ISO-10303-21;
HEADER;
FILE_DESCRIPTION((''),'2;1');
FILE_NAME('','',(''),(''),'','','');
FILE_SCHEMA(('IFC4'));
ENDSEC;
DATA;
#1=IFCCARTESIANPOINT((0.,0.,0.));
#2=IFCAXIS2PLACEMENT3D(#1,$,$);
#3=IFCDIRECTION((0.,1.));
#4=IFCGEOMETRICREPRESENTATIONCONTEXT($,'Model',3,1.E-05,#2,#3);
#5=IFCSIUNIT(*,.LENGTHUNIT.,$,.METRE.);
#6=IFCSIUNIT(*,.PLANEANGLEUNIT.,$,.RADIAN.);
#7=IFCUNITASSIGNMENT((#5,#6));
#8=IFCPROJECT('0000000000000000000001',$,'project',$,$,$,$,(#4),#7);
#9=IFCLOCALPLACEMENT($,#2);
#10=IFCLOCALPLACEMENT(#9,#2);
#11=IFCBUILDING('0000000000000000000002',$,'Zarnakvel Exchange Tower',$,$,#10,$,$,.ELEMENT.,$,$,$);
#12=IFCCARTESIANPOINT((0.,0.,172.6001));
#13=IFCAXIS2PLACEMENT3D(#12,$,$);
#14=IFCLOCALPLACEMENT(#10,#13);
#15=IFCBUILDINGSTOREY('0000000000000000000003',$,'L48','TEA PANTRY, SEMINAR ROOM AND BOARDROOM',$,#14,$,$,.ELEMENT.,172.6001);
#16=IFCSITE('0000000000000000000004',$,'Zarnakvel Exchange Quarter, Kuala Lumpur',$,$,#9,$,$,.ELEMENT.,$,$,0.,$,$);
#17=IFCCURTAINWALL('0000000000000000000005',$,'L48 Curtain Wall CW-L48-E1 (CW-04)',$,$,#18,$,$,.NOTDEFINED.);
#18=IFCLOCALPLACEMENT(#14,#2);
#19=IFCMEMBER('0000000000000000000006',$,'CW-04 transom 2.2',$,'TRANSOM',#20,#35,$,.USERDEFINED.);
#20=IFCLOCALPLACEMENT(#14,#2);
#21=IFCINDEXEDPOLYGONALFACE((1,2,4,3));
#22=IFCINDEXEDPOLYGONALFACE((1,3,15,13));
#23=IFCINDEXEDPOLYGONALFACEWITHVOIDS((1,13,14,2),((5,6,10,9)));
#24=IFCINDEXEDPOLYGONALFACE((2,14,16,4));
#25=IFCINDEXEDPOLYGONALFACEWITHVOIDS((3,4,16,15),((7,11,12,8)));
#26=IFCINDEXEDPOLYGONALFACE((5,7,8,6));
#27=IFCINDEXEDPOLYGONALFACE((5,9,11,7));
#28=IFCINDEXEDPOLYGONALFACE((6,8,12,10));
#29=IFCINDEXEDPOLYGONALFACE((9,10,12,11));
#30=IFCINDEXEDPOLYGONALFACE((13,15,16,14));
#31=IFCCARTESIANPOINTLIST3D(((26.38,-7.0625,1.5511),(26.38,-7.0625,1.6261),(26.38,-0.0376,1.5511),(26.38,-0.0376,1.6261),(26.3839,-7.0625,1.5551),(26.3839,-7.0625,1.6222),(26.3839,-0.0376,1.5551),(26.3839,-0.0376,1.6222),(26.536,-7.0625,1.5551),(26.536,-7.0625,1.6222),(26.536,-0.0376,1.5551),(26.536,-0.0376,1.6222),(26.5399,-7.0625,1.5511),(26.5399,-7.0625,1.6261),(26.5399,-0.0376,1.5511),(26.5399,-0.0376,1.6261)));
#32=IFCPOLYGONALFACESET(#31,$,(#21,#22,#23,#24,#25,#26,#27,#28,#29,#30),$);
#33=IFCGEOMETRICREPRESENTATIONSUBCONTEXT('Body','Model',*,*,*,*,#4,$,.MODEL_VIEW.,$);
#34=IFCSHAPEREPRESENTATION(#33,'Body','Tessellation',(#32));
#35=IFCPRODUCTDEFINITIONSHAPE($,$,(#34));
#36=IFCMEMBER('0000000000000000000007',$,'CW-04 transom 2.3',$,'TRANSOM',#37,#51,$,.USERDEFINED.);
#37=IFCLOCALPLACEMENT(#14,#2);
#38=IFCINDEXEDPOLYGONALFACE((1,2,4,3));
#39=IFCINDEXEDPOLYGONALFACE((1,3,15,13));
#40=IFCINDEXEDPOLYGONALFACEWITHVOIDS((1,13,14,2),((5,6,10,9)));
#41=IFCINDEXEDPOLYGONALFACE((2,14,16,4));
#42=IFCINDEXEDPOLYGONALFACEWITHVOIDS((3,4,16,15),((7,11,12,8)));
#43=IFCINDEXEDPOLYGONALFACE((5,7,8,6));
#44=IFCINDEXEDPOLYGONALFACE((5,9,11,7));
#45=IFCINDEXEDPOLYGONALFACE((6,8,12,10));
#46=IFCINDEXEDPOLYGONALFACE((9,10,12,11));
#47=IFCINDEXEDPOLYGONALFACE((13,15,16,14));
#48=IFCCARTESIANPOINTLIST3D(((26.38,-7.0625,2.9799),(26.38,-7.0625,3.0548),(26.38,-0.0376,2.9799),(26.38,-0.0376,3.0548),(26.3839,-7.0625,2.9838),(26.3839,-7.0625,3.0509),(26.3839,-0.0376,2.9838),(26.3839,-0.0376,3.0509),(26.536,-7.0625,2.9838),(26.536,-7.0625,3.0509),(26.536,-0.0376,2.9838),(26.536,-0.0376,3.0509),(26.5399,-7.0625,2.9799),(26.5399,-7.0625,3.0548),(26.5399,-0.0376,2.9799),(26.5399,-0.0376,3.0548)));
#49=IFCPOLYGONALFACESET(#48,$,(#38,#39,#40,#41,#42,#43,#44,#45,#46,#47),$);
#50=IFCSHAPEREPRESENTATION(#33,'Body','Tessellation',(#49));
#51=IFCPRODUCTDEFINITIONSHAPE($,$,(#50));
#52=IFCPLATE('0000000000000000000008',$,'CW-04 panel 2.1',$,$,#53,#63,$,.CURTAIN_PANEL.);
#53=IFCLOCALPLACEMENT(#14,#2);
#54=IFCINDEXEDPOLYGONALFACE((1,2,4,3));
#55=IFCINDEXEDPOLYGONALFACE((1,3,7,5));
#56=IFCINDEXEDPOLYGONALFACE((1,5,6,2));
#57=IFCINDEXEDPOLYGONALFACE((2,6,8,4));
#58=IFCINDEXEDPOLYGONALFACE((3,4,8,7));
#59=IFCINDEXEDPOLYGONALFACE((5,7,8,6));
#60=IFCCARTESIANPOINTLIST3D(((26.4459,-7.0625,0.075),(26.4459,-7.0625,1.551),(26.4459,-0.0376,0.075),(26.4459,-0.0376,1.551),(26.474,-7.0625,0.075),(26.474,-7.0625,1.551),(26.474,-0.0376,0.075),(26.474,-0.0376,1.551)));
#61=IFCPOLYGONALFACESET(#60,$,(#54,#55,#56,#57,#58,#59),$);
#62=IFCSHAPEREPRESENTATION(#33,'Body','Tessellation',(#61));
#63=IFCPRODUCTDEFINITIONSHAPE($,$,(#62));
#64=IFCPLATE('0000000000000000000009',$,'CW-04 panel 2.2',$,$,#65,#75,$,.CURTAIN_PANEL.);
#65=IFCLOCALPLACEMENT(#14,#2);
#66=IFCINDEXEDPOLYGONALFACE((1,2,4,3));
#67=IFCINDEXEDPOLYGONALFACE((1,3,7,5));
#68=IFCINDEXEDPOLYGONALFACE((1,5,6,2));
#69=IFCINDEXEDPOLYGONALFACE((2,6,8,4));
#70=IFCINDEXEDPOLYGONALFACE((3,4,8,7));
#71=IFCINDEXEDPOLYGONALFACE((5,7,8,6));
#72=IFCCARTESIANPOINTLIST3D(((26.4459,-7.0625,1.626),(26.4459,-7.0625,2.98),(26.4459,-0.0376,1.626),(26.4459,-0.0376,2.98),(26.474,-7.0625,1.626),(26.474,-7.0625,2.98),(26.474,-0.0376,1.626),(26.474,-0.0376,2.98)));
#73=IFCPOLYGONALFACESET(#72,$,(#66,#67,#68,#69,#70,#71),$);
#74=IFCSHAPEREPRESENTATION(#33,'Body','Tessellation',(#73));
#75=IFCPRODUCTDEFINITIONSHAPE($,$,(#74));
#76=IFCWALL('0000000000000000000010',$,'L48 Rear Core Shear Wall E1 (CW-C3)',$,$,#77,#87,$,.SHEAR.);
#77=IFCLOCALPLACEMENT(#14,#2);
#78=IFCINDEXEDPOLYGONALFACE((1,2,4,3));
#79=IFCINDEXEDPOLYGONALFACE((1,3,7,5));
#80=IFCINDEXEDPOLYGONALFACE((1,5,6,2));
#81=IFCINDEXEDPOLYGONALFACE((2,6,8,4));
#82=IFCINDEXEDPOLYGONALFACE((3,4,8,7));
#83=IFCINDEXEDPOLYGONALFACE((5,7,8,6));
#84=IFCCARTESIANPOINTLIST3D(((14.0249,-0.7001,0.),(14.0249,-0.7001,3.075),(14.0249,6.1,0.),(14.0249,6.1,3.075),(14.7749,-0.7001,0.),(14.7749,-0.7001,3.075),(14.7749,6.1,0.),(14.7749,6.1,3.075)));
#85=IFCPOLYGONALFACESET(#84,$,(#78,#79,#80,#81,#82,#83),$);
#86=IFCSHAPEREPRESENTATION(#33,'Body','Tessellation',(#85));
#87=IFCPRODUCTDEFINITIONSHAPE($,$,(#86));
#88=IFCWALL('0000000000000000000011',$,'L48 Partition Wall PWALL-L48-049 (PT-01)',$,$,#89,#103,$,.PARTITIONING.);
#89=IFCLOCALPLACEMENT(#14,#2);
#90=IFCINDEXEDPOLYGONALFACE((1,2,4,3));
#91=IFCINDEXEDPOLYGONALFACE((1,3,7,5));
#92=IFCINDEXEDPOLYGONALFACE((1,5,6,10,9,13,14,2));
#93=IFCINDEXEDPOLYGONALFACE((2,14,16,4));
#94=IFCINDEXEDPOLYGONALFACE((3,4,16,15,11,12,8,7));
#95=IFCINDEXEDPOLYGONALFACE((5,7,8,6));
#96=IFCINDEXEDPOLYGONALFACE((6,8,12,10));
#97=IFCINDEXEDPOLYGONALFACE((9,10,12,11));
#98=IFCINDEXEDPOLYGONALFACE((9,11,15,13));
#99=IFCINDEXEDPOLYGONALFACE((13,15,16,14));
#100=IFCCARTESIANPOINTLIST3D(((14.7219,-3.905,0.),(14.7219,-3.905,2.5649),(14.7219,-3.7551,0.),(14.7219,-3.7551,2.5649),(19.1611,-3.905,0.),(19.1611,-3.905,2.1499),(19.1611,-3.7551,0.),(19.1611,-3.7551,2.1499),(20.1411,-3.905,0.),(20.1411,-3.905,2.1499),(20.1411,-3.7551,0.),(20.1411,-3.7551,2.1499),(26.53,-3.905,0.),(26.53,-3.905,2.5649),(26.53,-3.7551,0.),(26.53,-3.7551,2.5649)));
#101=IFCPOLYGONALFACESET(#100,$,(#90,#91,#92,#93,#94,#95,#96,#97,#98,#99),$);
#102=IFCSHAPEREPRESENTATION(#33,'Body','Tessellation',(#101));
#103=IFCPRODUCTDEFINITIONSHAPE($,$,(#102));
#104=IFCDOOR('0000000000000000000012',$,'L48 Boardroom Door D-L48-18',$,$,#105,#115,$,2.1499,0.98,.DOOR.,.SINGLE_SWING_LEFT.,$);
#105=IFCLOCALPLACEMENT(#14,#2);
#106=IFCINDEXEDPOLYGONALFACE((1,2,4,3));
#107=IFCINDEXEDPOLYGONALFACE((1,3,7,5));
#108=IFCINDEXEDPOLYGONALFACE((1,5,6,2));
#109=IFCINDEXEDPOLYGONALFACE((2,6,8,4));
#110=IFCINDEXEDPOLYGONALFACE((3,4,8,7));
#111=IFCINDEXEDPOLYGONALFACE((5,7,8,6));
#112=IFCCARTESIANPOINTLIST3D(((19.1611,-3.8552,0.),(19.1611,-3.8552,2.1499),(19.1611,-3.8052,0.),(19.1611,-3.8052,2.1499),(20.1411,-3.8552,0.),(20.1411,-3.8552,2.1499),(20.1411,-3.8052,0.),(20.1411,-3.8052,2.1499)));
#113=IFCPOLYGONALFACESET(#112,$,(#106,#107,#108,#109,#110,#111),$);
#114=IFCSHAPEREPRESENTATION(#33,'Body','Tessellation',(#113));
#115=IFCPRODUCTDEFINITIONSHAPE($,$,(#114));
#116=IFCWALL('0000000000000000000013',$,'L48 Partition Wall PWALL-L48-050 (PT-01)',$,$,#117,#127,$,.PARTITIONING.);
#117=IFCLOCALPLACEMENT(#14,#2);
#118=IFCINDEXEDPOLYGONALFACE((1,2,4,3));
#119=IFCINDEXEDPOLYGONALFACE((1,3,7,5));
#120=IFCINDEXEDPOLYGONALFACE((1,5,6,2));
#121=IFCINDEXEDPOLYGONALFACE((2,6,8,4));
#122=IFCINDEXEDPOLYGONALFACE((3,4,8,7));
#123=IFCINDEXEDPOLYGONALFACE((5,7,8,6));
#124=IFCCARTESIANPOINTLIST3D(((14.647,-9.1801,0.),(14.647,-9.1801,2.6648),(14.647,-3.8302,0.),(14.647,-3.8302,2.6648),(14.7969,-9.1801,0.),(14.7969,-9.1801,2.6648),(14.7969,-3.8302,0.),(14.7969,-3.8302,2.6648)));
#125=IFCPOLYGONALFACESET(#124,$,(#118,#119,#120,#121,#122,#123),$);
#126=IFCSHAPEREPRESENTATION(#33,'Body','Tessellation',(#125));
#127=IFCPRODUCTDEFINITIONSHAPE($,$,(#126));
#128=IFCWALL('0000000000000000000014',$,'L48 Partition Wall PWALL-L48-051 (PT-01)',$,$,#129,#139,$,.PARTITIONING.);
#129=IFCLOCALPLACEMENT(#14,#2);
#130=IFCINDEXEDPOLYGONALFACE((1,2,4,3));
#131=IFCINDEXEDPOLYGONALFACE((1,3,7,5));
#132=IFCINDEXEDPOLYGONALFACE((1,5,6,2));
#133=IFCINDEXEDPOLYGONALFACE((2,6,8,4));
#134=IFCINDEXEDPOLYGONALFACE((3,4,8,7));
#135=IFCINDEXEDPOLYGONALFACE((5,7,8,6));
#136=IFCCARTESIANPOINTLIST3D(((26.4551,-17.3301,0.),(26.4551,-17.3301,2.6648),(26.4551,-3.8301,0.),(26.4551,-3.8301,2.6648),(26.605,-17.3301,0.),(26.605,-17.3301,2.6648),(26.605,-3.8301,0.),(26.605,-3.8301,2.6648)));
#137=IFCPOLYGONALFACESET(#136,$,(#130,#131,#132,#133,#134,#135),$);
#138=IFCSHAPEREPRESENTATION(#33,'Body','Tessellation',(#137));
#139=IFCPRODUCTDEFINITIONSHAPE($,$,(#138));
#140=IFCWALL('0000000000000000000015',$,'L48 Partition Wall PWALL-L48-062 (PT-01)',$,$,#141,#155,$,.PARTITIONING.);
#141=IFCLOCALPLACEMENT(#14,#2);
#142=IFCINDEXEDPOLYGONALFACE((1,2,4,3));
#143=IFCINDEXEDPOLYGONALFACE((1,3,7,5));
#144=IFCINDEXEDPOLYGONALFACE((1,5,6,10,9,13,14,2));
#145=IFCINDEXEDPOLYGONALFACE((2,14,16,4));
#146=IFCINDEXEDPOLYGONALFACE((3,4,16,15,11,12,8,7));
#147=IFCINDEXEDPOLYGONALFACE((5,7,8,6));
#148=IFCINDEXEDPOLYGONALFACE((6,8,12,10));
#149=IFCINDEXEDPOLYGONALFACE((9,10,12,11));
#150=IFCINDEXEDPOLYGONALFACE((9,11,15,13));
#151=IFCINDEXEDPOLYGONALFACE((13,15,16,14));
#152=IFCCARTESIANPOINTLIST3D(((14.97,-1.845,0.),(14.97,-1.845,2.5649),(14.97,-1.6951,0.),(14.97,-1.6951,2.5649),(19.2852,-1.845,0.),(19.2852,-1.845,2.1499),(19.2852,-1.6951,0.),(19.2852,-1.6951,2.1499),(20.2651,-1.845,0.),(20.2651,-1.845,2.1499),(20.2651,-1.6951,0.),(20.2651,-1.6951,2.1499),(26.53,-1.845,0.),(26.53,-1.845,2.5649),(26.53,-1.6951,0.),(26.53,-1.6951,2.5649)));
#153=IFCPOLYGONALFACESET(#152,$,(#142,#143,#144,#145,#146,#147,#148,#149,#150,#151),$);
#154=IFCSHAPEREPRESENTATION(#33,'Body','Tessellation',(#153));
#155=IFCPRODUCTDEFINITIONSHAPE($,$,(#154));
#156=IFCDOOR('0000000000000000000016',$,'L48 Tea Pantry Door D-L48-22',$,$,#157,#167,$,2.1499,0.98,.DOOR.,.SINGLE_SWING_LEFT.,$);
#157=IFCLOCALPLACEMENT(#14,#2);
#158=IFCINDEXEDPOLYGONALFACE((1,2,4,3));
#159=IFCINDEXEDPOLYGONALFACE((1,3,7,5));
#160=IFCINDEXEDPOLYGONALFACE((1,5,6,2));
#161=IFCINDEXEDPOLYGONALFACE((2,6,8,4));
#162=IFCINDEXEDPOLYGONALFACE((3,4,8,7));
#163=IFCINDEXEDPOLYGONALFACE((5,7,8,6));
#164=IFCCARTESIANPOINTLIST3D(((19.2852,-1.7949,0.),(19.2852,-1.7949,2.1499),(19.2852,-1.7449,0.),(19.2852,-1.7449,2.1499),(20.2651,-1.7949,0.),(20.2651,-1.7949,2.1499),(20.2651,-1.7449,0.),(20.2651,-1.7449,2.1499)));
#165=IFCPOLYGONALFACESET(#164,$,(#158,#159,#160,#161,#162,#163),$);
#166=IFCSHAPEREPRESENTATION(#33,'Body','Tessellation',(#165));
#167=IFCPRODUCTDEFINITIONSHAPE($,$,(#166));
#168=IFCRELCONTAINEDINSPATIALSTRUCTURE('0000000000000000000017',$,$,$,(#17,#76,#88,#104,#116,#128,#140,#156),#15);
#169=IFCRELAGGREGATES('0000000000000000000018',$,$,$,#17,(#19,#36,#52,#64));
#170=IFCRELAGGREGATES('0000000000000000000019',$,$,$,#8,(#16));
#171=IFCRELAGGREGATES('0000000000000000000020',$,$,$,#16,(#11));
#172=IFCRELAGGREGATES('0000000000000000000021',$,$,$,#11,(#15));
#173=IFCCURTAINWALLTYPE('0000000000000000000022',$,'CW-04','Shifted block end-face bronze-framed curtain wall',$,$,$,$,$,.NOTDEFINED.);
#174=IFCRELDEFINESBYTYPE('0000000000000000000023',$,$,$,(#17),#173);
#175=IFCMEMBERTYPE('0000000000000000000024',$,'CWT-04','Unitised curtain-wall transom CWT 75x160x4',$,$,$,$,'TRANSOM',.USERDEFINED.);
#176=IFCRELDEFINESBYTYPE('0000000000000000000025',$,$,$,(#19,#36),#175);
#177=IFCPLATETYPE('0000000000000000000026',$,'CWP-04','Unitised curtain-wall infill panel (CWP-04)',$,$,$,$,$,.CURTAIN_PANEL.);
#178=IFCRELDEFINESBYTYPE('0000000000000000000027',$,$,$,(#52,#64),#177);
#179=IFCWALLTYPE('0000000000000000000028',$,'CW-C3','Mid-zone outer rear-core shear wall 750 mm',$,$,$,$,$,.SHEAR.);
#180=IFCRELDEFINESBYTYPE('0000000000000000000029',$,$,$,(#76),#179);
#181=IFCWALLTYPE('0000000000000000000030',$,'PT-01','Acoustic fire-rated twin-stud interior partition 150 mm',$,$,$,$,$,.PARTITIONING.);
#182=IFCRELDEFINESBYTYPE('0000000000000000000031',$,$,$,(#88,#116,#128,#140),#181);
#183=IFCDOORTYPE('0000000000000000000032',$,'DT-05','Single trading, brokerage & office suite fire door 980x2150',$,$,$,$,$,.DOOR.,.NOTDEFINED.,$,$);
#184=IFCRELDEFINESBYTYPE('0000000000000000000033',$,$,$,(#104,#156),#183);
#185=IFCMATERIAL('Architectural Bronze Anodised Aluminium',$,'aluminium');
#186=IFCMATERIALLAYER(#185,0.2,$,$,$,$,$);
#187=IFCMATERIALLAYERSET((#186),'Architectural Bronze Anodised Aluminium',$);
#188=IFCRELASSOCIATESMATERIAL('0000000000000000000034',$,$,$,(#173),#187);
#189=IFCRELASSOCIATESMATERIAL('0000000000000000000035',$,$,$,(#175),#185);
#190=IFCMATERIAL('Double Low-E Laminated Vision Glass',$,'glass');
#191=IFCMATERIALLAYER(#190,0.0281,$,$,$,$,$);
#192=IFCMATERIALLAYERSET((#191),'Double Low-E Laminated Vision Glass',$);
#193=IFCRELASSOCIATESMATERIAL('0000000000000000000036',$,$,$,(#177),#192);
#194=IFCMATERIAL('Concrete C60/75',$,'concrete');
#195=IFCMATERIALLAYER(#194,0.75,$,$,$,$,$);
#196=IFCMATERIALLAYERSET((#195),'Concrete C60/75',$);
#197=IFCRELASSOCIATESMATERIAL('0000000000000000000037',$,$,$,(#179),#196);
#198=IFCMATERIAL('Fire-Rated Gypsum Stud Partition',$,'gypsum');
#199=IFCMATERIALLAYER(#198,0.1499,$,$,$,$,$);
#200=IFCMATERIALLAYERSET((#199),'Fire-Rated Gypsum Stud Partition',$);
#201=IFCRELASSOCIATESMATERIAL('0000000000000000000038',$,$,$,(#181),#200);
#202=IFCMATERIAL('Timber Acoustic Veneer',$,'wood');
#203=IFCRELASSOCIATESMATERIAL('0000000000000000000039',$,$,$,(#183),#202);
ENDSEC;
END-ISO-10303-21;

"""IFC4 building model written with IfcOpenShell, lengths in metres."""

from ifc_helpers import new_model, si_unit, direction, frame, frame_2d, origin, origin_2d, place, context, subcontext, project, spatial, rectangle, hollow_rectangle, extrude, source, transform, mapped, material, layer, layer_set, material_profile, profile_set, type_object, element, fill, aggregate, save


model = new_model("IFC4")

# Units and contexts
model_context = context("Model", 3, precision=1e-05, world=origin(), true_north=direction((0.0, 1.0)))
body_context = subcontext(model_context, "Body", "Model", "MODEL_VIEW")
ifc_project = project(units=[si_unit("LENGTHUNIT", "METRE"), si_unit("PLANEANGLEUNIT", "RADIAN")], contexts=[model_context])

# Site, building, storey
site_placement = place(None, origin())
site = spatial("IfcSite", under=ifc_project, at=site_placement, Name="Zarnakvel Exchange Quarter, Kuala Lumpur", CompositionType="ELEMENT", RefElevation=0.0)
building_placement = place(site_placement, origin())
building = spatial("IfcBuilding", under=site, at=building_placement, Name="Zarnakvel Exchange Tower", CompositionType="ELEMENT")
storey_placement = place(building_placement, frame((0.0, 0.0, 172.6001)))
storey = spatial("IfcBuildingStorey", under=building, at=storey_placement, Name="L48", Description="TEA PANTRY, SEMINAR ROOM AND BOARDROOM", CompositionType="ELEMENT", Elevation=172.6001)

# Shared definitions
ifc_material_1 = material(Name="Concrete C60/75", Category="concrete")

# Curtain wall, members, plates
ifc_material_2 = material(Name="Architectural Bronze Anodised Aluminium", Category="aluminium")
ifc_layer_1 = layer(ifc_material_2, 0.2)
ifc_layer_set_1 = layer_set([ifc_layer_1], Name="Architectural Bronze Anodised Aluminium")
curtain_wall_type = type_object("IfcCurtainWallType", Name="CW-04", Description="Shifted block end-face bronze-framed curtain wall", PredefinedType="NOTDEFINED", material=ifc_layer_set_1)
curtain_wall_placement = place(storey_placement, origin())
curtain_wall = element("IfcCurtainWall", 1, at=curtain_wall_placement, inside=storey, type_object=curtain_wall_type, Name="L48 Curtain Wall CW-L48-E1 (CW-04)", PredefinedType="NOTDEFINED")
ifc_material_profile_1 = material_profile(ifc_material_2, hollow_rectangle(XDim=0.1599, YDim=0.075, WallThickness=0.0039, at=origin_2d()))
ifc_profile_set_1 = profile_set([ifc_material_profile_1], Name="Architectural Bronze Anodised Aluminium")
member_type_1 = type_object("IfcMemberType", Name="CWT-04", Description="Unitised curtain-wall transom CWT 75x160x4", ElementType="TRANSOM", PredefinedType="USERDEFINED", material=ifc_profile_set_1)
shared_shape_1 = source(origin(), body_context, "Body", "SweptSolid", [
    extrude(hollow_rectangle(XDim=0.1599, YDim=0.075, WallThickness=0.0039, at=origin_2d()), origin(), (0.0, 0.0, 1.0), 7.0249),
])
member_1_placement = place(storey_placement, frame((26.46, -7.0625, 1.5886), z_axis=(0.0, 1.0, 0.0), x_axis=(-1.0, 0.0, 0.0)))
member_1 = element("IfcMember", 2, at=member_1_placement, type_object=member_type_1, Name="CW-04 transom 2.2", ObjectType="TRANSOM", PredefinedType="USERDEFINED", context=body_context, shape_type="MappedRepresentation", body=[
    mapped(shared_shape_1, transform((0.0, 0.0, 0.0), x_axis=(1.0, 0.0, 0.0), y_axis=(0.0, 1.0, 0.0), z_axis=(0.0, 0.0, 1.0), scale=1.0)),
])
member_2_placement = place(storey_placement, frame((26.46, -7.0625, 3.0173), z_axis=(0.0, 1.0, 0.0), x_axis=(-1.0, 0.0, 0.0)))
member_2 = element("IfcMember", 3, at=member_2_placement, type_object=member_type_1, Name="CW-04 transom 2.3", ObjectType="TRANSOM", PredefinedType="USERDEFINED", context=body_context, shape_type="MappedRepresentation", body=[
    mapped(shared_shape_1, transform((0.0, 0.0, 0.0), x_axis=(1.0, 0.0, 0.0), y_axis=(0.0, 1.0, 0.0), z_axis=(0.0, 0.0, 1.0), scale=1.0)),
])
ifc_material_3 = material(Name="Double Low-E Laminated Vision Glass", Category="glass")
ifc_layer_2 = layer(ifc_material_3, 0.0281)
ifc_layer_set_2 = layer_set([ifc_layer_2], Name="Double Low-E Laminated Vision Glass")
plate_type = type_object("IfcPlateType", Name="CWP-04", Description="Unitised curtain-wall infill panel (CWP-04)", PredefinedType="CURTAIN_PANEL", material=ifc_layer_set_2)
shared_shape_2 = source(origin(), body_context, "Body", "SweptSolid", [
    extrude(rectangle(XDim=7.0249, YDim=0.0281, at=origin_2d()), origin(), (0.0, 0.0, 1.0), 1.4761),
])
plate_1_placement = place(storey_placement, frame((26.46, -3.55, 0.075), z_axis=(0.0, 0.0, 1.0), x_axis=(0.0, 1.0, 0.0)))
plate_1 = element("IfcPlate", 4, at=plate_1_placement, type_object=plate_type, Name="CW-04 panel 2.1", PredefinedType="CURTAIN_PANEL", context=body_context, shape_type="MappedRepresentation", body=[
    mapped(shared_shape_2, transform((0.0, 0.0, 0.0), x_axis=(1.0, 0.0, 0.0), y_axis=(0.0, 1.0, 0.0), z_axis=(0.0, 0.0, 1.0), scale=1.0)),
])
shared_shape_3 = source(origin(), body_context, "Body", "SweptSolid", [
    extrude(rectangle(XDim=7.0249, YDim=0.0281, at=origin_2d()), origin(), (0.0, 0.0, 1.0), 1.354),
])
plate_2_placement = place(storey_placement, frame((26.46, -3.55, 1.626), z_axis=(0.0, 0.0, 1.0), x_axis=(0.0, 1.0, 0.0)))
plate_2 = element("IfcPlate", 5, at=plate_2_placement, type_object=plate_type, Name="CW-04 panel 2.2", PredefinedType="CURTAIN_PANEL", context=body_context, shape_type="MappedRepresentation", body=[
    mapped(shared_shape_3, transform((0.0, 0.0, 0.0), x_axis=(1.0, 0.0, 0.0), y_axis=(0.0, 1.0, 0.0), z_axis=(0.0, 0.0, 1.0), scale=1.0)),
])
aggregate(curtain_wall, [member_1, member_2, plate_1, plate_2])

# Wall
ifc_layer_3 = layer(ifc_material_1, 0.75)
ifc_layer_set_3 = layer_set([ifc_layer_3], Name="Concrete C60/75")
wall_type_1 = type_object("IfcWallType", Name="CW-C3", Description="Mid-zone outer rear-core shear wall 750 mm", PredefinedType="SHEAR", material=ifc_layer_set_3)
wall_1_placement = place(storey_placement, frame((14.3999, -0.7, 0.0), z_axis=(0.0, 0.0, 1.0), x_axis=(0.0, 1.0, 0.0)))
element("IfcWall", 6, at=wall_1_placement, inside=storey, type_object=wall_type_1, Name="L48 Rear Core Shear Wall E1 (CW-C3)", PredefinedType="SHEAR", context=body_context, shape_type="SweptSolid", body=[
    extrude(rectangle(XDim=6.8, YDim=0.75, at=frame_2d((3.3999, 0.0))), origin(), (0.0, 0.0, 1.0), 3.075),
])

# Wall, opening, door
ifc_material_4 = material(Name="Fire-Rated Gypsum Stud Partition", Category="gypsum")
ifc_layer_4 = layer(ifc_material_4, 0.1499)
ifc_layer_set_4 = layer_set([ifc_layer_4], Name="Fire-Rated Gypsum Stud Partition")
wall_type_2 = type_object("IfcWallType", Name="PT-01", Description="Acoustic fire-rated twin-stud interior partition 150 mm", PredefinedType="PARTITIONING", material=ifc_layer_set_4)
wall_2_placement = place(storey_placement, frame((14.7219, -3.8301, 0.0), z_axis=(0.0, 0.0, 1.0), x_axis=(1.0, 0.0, 0.0)))
wall_2 = element("IfcWall", 7, at=wall_2_placement, inside=storey, type_object=wall_type_2, Name="L48 Partition Wall PWALL-L48-049 (PT-01)", PredefinedType="PARTITIONING", context=body_context, shape_type="SweptSolid", body=[
    extrude(rectangle(XDim=11.8081, YDim=0.1499, at=frame_2d((5.9041, 0.0))), origin(), (0.0, 0.0, 1.0), 2.5649),
])
opening_1_placement = place(wall_2_placement, frame((4.4392, 0.0, 0.0)))
opening_1 = element("IfcOpeningElement", 8, at=opening_1_placement, cuts=wall_2, PredefinedType="OPENING", context=body_context, shape_type="SweptSolid", body=[
    extrude(rectangle(XDim=0.98, YDim=2.1499, at=frame_2d((0.49, 1.075))), frame((0.0, 0.085, 0.0), z_axis=(0.0, -1.0, 0.0), x_axis=(1.0, 0.0, 0.0)), (0.0, 0.0, 1.0), 0.1699),
])
ifc_material_5 = material(Name="Timber Acoustic Veneer", Category="wood")
door_type_1 = type_object("IfcDoorType", Name="DT-05", Description="Single trading, brokerage & office suite fire door 980x2150", OperationType="NOTDEFINED", PredefinedType="DOOR", material=ifc_material_5)
shared_shape_4 = source(origin(), body_context, "Body", "SweptSolid", [
    extrude(rectangle(XDim=0.98, YDim=2.1499, at=frame_2d((0.49, 1.075))), frame((0.0, 0.0249, 0.0), z_axis=(0.0, -1.0, 0.0), x_axis=(1.0, 0.0, 0.0)), (0.0, 0.0, 1.0), 0.05),
])
door_1_placement = place(opening_1_placement, origin())
door_1 = element("IfcDoor", 9, at=door_1_placement, inside=storey, type_object=door_type_1, Name="L48 Boardroom Door D-L48-18", OperationType="SINGLE_SWING_LEFT", OverallHeight=2.1499, OverallWidth=0.98, PredefinedType="DOOR", context=body_context, shape_type="MappedRepresentation", body=[
    mapped(shared_shape_4, transform((0.0, 0.0, 0.0), x_axis=(1.0, 0.0, 0.0), y_axis=(0.0, 1.0, 0.0), z_axis=(0.0, 0.0, 1.0), scale=1.0)),
])
fill(opening_1, door_1)

# Walls
wall_3_placement = place(storey_placement, frame((14.7219, -9.1799, 0.0), z_axis=(0.0, 0.0, 1.0), x_axis=(0.0, 1.0, 0.0)))
element("IfcWall", 10, at=wall_3_placement, inside=storey, type_object=wall_type_2, Name="L48 Partition Wall PWALL-L48-050 (PT-01)", PredefinedType="PARTITIONING", context=body_context, shape_type="SweptSolid", body=[
    extrude(rectangle(XDim=5.3499, YDim=0.1499, at=frame_2d((2.6748, 0.0))), origin(), (0.0, 0.0, 1.0), 2.6648),
])
wall_4_placement = place(storey_placement, frame((26.53, -3.8301, 0.0), z_axis=(0.0, 0.0, 1.0), x_axis=(0.0, -1.0, 0.0)))
element("IfcWall", 11, at=wall_4_placement, inside=storey, type_object=wall_type_2, Name="L48 Partition Wall PWALL-L48-051 (PT-01)", PredefinedType="PARTITIONING", context=body_context, shape_type="SweptSolid", body=[
    extrude(rectangle(XDim=13.5, YDim=0.1499, at=frame_2d((6.75, 0.0))), origin(), (0.0, 0.0, 1.0), 2.6648),
])

# Wall, opening, door
wall_5_placement = place(storey_placement, frame((26.53, -1.77, 0.0), z_axis=(0.0, 0.0, 1.0), x_axis=(-1.0, 0.0, 0.0)))
wall_5 = element("IfcWall", 12, at=wall_5_placement, inside=storey, type_object=wall_type_2, Name="L48 Partition Wall PWALL-L48-062 (PT-01)", PredefinedType="PARTITIONING", context=body_context, shape_type="SweptSolid", body=[
    extrude(rectangle(XDim=11.5601, YDim=0.1499, at=frame_2d((5.78, 0.0))), origin(), (0.0, 0.0, 1.0), 2.5649),
])
opening_2_placement = place(wall_5_placement, frame((6.2649, 0.0, 0.0)))
opening_2 = element("IfcOpeningElement", 13, at=opening_2_placement, cuts=wall_5, PredefinedType="OPENING", context=body_context, shape_type="SweptSolid", body=[
    extrude(rectangle(XDim=0.98, YDim=2.1499, at=frame_2d((0.49, 1.075))), frame((0.0, 0.085, 0.0), z_axis=(0.0, -1.0, 0.0), x_axis=(1.0, 0.0, 0.0)), (0.0, 0.0, 1.0), 0.1699),
])
door_2_placement = place(opening_2_placement, origin())
door_2 = element("IfcDoor", 14, at=door_2_placement, inside=storey, type_object=door_type_1, Name="L48 Tea Pantry Door D-L48-22", OperationType="SINGLE_SWING_LEFT", OverallHeight=2.1499, OverallWidth=0.98, PredefinedType="DOOR", context=body_context, shape_type="MappedRepresentation", body=[
    mapped(shared_shape_4, transform((0.0, 0.0, 0.0), x_axis=(1.0, 0.0, 0.0), y_axis=(0.0, 1.0, 0.0), z_axis=(0.0, 0.0, 1.0), scale=1.0)),
])
fill(opening_2, door_2)

save(model, "model.ifc")
